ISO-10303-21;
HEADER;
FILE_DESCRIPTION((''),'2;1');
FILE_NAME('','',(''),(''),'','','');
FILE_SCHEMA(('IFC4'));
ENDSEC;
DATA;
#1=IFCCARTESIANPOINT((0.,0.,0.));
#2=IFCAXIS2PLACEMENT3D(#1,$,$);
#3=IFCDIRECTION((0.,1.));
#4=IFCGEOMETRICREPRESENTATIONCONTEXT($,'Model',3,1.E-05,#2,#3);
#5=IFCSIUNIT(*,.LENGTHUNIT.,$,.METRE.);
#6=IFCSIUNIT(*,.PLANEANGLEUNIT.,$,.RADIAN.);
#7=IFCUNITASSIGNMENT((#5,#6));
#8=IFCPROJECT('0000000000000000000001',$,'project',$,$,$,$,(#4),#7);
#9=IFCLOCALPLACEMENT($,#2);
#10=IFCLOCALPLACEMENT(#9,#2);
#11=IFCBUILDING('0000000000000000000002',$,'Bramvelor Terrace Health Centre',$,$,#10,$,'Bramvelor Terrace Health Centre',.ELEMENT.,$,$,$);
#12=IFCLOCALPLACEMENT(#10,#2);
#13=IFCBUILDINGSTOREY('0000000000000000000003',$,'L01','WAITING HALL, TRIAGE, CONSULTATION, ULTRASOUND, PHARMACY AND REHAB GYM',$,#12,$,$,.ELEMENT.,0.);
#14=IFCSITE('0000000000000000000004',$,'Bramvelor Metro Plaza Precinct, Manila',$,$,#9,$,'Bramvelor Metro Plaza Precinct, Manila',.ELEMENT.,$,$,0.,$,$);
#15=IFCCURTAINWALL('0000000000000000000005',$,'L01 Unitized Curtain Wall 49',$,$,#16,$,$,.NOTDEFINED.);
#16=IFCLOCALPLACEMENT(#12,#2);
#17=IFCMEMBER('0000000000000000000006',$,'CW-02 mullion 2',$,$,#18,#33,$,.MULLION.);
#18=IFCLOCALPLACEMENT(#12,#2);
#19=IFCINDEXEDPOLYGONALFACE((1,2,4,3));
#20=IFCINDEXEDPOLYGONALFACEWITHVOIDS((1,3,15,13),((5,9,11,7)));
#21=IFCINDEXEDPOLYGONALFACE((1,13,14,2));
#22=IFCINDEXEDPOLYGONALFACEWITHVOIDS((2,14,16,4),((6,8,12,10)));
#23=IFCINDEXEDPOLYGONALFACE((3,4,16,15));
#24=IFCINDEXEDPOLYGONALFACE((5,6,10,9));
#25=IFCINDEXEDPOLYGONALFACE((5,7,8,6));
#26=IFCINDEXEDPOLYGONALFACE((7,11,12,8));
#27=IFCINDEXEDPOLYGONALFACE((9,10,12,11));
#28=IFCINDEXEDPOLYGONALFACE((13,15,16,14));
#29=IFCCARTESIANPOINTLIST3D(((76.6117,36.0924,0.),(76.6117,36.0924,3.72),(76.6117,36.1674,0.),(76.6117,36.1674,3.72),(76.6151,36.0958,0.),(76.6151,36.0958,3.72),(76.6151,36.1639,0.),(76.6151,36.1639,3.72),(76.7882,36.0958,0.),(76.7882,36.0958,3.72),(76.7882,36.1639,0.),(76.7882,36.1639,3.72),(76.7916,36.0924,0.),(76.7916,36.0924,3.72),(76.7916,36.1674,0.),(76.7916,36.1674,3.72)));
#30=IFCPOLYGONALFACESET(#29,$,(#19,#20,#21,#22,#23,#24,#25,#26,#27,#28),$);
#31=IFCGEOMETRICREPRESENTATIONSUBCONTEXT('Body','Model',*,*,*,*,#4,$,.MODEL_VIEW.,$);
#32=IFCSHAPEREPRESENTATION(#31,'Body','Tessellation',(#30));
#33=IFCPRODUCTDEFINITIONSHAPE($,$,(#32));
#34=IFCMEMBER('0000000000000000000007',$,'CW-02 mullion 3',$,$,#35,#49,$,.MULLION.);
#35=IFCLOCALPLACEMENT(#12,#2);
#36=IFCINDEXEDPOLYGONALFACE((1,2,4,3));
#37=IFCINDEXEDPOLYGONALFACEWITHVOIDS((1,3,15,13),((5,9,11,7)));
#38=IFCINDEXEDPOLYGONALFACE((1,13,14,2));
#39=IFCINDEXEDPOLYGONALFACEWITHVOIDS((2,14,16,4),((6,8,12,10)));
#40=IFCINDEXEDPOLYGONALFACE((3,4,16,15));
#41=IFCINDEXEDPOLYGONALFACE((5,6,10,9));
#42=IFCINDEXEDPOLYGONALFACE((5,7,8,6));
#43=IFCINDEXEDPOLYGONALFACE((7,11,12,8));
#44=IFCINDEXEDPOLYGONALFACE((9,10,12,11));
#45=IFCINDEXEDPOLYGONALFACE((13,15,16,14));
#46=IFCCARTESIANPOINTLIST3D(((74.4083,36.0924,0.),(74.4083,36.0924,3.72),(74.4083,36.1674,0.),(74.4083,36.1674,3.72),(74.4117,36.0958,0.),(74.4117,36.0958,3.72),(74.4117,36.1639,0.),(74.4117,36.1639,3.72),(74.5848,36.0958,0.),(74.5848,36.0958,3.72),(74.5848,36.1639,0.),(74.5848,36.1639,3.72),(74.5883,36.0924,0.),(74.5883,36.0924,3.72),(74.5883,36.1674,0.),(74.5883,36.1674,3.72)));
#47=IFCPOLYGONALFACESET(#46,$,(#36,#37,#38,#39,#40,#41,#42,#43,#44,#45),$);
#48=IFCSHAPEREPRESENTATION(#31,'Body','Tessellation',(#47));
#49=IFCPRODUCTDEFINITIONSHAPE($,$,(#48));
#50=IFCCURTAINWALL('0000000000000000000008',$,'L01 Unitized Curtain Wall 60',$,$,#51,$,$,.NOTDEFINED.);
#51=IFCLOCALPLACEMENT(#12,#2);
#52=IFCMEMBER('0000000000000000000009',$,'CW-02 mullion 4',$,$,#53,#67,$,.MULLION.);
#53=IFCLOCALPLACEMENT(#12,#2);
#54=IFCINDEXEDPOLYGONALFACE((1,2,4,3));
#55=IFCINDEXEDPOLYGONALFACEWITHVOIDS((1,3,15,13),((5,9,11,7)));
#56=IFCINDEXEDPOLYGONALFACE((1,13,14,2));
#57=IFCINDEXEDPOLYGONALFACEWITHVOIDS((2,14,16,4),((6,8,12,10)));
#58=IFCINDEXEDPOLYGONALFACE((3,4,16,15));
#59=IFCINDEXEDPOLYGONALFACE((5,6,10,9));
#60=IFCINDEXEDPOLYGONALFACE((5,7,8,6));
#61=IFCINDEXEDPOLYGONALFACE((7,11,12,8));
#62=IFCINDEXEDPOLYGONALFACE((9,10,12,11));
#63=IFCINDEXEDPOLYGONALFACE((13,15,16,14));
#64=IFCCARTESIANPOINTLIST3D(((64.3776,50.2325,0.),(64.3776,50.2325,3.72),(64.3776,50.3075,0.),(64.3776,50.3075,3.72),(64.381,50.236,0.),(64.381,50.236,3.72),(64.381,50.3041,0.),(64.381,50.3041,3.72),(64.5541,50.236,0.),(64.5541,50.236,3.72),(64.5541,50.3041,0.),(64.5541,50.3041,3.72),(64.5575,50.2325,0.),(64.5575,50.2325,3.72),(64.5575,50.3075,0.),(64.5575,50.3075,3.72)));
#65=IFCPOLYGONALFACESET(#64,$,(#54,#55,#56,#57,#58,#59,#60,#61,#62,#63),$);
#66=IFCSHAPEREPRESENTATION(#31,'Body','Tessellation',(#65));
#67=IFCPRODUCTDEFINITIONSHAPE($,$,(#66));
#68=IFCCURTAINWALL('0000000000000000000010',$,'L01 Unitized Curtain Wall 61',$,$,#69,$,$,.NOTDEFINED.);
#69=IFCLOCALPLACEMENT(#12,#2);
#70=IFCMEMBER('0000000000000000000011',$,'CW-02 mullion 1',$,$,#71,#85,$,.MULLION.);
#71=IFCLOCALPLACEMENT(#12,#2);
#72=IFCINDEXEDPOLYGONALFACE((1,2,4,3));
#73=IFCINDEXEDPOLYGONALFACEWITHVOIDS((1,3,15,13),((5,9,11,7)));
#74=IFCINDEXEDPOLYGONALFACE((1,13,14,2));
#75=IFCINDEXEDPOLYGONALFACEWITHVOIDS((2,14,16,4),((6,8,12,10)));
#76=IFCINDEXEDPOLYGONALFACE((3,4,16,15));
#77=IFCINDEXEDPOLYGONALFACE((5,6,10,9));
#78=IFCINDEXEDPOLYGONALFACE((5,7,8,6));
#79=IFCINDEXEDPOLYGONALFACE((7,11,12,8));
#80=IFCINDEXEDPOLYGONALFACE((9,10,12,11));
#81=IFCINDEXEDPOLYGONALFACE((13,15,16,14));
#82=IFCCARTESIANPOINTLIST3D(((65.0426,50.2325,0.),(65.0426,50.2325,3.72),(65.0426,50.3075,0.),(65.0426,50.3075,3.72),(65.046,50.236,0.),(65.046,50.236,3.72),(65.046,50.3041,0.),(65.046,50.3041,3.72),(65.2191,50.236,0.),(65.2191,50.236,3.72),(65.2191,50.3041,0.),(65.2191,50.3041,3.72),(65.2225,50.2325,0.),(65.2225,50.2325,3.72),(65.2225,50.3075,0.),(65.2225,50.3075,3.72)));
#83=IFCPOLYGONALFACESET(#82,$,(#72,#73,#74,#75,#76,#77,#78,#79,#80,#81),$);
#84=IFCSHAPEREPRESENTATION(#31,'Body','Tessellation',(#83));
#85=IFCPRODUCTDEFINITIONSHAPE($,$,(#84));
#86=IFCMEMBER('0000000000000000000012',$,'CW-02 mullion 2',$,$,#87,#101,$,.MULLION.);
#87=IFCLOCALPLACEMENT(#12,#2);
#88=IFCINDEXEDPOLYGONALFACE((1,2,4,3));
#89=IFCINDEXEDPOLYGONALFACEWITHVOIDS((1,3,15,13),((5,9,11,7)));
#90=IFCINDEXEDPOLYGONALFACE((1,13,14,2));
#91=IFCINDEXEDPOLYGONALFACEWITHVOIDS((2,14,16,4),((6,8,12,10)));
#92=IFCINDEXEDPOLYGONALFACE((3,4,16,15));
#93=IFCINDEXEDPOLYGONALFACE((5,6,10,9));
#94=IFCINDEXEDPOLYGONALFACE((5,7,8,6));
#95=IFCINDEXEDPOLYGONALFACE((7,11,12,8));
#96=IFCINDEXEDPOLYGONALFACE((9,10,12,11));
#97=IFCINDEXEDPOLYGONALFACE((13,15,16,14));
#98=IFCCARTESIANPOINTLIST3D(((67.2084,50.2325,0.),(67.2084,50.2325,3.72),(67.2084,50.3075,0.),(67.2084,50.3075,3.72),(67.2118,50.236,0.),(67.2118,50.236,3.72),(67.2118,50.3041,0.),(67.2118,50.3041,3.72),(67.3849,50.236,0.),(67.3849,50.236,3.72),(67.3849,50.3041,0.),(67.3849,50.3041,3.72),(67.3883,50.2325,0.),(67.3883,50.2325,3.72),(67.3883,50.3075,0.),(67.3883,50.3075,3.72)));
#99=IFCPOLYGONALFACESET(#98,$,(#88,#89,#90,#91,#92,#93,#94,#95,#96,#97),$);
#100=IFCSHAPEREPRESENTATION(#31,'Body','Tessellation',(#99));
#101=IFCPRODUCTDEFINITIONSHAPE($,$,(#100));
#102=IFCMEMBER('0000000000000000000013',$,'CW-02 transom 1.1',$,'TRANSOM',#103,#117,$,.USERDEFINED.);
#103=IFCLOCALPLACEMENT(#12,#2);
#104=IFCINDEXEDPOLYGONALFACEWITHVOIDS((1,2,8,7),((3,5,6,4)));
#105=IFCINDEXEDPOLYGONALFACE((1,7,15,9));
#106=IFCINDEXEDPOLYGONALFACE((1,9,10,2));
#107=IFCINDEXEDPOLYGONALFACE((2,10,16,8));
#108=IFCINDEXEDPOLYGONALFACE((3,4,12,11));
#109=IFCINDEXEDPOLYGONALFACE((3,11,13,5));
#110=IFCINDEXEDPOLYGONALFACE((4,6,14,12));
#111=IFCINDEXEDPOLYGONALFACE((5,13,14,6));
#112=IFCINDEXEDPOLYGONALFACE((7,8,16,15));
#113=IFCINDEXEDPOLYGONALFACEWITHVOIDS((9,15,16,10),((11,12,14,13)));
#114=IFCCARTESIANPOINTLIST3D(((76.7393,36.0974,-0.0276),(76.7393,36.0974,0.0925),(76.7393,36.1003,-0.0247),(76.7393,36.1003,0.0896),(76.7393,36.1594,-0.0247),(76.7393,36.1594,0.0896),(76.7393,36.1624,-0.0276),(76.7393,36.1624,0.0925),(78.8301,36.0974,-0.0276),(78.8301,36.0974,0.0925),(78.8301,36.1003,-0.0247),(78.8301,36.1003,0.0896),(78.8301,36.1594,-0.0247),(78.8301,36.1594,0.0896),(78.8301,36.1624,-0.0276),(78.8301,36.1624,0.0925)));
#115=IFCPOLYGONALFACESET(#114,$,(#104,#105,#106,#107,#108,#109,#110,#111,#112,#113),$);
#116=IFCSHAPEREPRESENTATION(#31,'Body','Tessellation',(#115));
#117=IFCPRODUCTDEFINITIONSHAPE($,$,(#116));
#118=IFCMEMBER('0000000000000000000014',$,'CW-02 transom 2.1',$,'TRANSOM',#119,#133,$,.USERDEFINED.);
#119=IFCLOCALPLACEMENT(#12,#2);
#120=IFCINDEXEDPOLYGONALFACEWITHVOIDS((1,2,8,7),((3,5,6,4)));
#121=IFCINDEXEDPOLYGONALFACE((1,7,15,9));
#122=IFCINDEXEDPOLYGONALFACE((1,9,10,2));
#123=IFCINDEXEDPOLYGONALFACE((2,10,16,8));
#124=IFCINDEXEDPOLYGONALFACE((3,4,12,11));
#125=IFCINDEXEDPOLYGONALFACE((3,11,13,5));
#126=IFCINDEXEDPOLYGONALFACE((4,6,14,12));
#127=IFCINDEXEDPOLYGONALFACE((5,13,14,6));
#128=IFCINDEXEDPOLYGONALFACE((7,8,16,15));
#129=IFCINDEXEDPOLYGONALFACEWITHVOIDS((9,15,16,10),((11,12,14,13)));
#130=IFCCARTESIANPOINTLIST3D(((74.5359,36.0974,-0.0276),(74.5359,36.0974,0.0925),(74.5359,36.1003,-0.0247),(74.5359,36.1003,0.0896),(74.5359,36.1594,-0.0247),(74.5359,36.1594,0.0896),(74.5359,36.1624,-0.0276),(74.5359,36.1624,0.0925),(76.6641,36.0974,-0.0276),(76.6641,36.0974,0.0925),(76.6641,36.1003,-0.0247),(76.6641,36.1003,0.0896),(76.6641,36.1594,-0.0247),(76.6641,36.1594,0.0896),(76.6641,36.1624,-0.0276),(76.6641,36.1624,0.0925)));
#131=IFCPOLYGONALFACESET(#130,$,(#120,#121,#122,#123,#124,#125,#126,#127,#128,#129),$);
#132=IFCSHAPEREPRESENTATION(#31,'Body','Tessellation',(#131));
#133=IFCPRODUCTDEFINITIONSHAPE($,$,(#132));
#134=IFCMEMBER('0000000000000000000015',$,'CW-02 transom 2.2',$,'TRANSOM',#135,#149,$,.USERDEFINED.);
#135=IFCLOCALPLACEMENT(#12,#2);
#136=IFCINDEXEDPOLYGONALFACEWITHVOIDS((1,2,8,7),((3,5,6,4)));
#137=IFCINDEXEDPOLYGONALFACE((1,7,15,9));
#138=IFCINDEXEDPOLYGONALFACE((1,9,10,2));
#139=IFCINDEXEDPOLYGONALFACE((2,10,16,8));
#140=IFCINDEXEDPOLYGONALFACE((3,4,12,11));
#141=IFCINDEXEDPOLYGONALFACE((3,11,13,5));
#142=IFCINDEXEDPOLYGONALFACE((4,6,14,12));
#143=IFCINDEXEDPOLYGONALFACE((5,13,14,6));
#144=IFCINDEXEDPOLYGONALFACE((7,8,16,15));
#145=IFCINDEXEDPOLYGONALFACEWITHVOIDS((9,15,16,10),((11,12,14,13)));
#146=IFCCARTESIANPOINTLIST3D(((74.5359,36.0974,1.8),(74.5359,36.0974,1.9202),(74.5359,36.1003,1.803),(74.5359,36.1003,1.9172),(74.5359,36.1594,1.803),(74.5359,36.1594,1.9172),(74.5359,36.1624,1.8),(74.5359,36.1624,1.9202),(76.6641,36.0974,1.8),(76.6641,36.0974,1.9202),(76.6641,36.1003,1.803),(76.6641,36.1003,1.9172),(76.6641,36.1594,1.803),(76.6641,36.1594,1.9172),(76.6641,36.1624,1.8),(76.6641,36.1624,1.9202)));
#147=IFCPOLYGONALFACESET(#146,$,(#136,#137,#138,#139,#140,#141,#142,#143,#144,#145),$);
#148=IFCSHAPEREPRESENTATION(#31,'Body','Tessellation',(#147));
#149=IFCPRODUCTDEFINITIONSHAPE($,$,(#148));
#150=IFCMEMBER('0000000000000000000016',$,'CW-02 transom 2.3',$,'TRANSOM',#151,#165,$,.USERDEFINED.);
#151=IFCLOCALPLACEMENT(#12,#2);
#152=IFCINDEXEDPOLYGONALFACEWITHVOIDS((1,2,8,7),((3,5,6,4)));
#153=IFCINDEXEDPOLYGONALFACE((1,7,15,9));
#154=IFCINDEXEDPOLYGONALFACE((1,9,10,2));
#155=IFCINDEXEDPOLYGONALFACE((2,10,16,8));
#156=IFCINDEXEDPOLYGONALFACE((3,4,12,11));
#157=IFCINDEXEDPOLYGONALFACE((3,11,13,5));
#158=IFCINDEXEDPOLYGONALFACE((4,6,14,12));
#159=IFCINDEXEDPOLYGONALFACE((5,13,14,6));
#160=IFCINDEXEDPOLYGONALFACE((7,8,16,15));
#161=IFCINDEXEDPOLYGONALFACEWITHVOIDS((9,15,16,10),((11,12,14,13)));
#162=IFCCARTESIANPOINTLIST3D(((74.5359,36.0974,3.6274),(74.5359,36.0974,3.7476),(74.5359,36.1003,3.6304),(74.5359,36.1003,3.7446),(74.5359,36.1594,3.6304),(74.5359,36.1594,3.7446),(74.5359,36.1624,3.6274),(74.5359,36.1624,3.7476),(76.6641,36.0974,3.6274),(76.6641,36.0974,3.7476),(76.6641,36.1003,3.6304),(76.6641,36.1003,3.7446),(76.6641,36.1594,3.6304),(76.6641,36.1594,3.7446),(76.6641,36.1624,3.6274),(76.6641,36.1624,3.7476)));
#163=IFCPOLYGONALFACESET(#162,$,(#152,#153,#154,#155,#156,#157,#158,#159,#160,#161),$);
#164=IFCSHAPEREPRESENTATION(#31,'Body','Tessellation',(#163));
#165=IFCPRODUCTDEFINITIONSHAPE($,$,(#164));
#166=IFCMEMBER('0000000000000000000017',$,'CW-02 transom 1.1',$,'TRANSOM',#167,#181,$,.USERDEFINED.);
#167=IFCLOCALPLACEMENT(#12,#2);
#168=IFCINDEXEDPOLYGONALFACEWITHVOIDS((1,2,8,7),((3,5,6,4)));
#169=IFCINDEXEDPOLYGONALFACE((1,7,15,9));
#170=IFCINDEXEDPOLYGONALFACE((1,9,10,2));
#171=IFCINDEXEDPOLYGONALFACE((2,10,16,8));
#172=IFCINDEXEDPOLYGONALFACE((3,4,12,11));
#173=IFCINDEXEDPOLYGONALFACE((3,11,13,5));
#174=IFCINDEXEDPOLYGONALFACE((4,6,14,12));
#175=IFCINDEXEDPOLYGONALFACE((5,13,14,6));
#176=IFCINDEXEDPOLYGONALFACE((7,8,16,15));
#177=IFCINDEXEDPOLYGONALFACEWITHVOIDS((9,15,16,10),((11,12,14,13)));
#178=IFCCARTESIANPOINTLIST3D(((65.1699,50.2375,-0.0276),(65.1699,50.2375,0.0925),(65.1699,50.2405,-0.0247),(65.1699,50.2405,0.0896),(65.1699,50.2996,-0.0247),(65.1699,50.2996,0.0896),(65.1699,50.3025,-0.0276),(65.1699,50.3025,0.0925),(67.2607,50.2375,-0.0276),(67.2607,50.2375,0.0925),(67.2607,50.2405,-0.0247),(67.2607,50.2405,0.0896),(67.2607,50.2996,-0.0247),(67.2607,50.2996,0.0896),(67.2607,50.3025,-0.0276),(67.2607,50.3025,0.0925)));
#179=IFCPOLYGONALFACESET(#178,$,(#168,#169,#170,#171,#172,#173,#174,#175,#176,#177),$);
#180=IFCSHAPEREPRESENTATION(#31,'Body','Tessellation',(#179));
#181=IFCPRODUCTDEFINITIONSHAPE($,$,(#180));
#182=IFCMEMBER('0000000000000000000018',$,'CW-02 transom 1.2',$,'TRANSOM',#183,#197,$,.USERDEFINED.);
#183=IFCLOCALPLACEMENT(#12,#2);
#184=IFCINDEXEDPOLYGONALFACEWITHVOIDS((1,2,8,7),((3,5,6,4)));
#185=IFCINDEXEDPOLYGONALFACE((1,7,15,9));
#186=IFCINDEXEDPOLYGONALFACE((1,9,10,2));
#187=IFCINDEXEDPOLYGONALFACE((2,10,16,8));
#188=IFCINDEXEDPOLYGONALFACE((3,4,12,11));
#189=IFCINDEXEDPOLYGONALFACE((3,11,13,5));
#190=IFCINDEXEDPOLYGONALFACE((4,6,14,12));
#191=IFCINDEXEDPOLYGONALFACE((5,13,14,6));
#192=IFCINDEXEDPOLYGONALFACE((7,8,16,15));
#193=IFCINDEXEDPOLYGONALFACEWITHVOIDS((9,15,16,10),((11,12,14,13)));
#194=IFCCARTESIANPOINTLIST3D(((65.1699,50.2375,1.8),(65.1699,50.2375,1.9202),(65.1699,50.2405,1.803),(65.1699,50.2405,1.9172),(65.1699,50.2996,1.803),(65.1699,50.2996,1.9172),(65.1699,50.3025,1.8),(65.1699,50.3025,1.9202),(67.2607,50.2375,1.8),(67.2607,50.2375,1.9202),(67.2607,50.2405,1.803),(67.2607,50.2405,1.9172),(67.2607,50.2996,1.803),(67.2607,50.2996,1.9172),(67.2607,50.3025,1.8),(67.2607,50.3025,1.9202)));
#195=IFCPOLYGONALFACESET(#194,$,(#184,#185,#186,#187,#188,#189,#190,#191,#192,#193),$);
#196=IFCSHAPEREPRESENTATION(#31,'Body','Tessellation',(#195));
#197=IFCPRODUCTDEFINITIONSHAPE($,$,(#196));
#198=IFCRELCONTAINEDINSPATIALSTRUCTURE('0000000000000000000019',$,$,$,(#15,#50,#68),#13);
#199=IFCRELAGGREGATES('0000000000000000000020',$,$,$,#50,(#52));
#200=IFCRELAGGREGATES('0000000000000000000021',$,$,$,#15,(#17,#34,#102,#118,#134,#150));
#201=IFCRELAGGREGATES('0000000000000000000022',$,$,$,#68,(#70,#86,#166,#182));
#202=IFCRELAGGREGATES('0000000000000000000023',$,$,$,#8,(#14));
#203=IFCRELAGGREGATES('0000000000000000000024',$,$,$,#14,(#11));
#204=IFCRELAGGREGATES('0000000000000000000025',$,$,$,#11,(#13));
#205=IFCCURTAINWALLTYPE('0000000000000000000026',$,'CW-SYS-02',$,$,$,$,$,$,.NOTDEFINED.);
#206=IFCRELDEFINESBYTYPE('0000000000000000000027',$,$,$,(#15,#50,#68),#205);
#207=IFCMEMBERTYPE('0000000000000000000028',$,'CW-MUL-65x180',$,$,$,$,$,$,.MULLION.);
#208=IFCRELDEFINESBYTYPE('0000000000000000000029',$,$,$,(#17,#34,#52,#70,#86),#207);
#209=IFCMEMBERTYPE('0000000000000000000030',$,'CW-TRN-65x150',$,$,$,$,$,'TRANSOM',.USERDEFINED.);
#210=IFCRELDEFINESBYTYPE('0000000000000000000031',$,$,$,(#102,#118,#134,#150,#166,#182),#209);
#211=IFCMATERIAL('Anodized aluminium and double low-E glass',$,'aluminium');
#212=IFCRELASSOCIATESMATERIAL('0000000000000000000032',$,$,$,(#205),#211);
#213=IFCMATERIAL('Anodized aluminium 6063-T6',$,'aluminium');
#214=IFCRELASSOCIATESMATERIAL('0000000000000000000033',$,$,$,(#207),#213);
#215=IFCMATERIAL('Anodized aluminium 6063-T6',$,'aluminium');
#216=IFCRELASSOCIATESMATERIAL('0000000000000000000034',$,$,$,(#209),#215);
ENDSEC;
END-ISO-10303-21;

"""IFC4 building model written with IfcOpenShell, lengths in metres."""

from ifc_helpers import new_model, si_unit, direction, frame, origin, origin_2d, place, context, subcontext, project, spatial, hollow_rectangle, extrude, material, material_profile, profile_set, type_object, element, aggregate, save


model = new_model("IFC4")

# Units and contexts
model_context = context("Model", 3, precision=1e-05, world=origin(), true_north=direction((0.0, 1.0)))
body_context = subcontext(model_context, "Body", "Model", "MODEL_VIEW")
ifc_project = project(units=[si_unit("LENGTHUNIT", "METRE"), si_unit("PLANEANGLEUNIT", "RADIAN")], contexts=[model_context])

# Site, building, storey
site_placement = place(None, origin())
site = spatial("IfcSite", under=ifc_project, at=site_placement, Name="Bramvelor Metro Plaza Precinct, Manila", LongName="Bramvelor Metro Plaza Precinct, Manila", CompositionType="ELEMENT", RefElevation=0.0)
building_placement = place(site_placement, origin())
building = spatial("IfcBuilding", under=site, at=building_placement, Name="Bramvelor Terrace Health Centre", LongName="Bramvelor Terrace Health Centre", CompositionType="ELEMENT")
storey_placement = place(building_placement, origin())
storey = spatial("IfcBuildingStorey", under=building, at=storey_placement, Name="L01", Description="WAITING HALL, TRIAGE, CONSULTATION, ULTRASOUND, PHARMACY AND REHAB GYM", CompositionType="ELEMENT", Elevation=0.0)

# Curtain wall, members
ifc_material_1 = material(Name="Anodized aluminium and double low-E glass", Category="aluminium")
curtain_wall_type = type_object("IfcCurtainWallType", Name="CW-SYS-02", PredefinedType="NOTDEFINED", material=ifc_material_1)
curtain_wall_1_placement = place(storey_placement, origin())
curtain_wall_1 = element("IfcCurtainWall", 1, at=curtain_wall_1_placement, inside=storey, type_object=curtain_wall_type, Name="L01 Unitized Curtain Wall 49", PredefinedType="NOTDEFINED")
ifc_material_2 = material(Name="Anodized aluminium 6063-T6", Category="aluminium")
ifc_material_profile_1 = material_profile(ifc_material_2, hollow_rectangle(XDim=0.075, YDim=0.1799, WallThickness=0.0034, at=origin_2d()), Name="ALU-MUL 75x180x3.5")
ifc_profile_set_1 = profile_set([ifc_material_profile_1], Name="Anodized aluminium 6063-T6")
member_type_1 = type_object("IfcMemberType", Name="CW-MUL-65x180", PredefinedType="MULLION", material=ifc_profile_set_1)
member_1_placement = place(storey_placement, frame((76.7017, 36.1299, 0.0), z_axis=(0.0, 0.0, 1.0), x_axis=(0.0, -1.0, 0.0)))
member_1 = element("IfcMember", 2, at=member_1_placement, type_object=member_type_1, Name="CW-02 mullion 2", PredefinedType="MULLION", context=body_context, shape_type="SweptSolid", body=[
    extrude(hollow_rectangle(XDim=0.075, YDim=0.1799, WallThickness=0.0034, at=origin_2d()), origin(), (0.0, 0.0, 1.0), 3.72),
])
member_2_placement = place(storey_placement, frame((74.4983, 36.1299, 0.0), z_axis=(0.0, 0.0, 1.0), x_axis=(0.0, -1.0, 0.0)))
member_2 = element("IfcMember", 3, at=member_2_placement, type_object=member_type_1, Name="CW-02 mullion 3", PredefinedType="MULLION", context=body_context, shape_type="SweptSolid", body=[
    extrude(hollow_rectangle(XDim=0.075, YDim=0.1799, WallThickness=0.0034, at=origin_2d()), origin(), (0.0, 0.0, 1.0), 3.72),
])

# Curtain wall, member
curtain_wall_2_placement = place(storey_placement, origin())
curtain_wall_2 = element("IfcCurtainWall", 4, at=curtain_wall_2_placement, inside=storey, type_object=curtain_wall_type, Name="L01 Unitized Curtain Wall 60", PredefinedType="NOTDEFINED")
member_3_placement = place(storey_placement, frame((64.4675, 50.27, 0.0), z_axis=(0.0, 0.0, 1.0), x_axis=(0.0, 1.0, 0.0)))
member_3 = element("IfcMember", 5, at=member_3_placement, type_object=member_type_1, Name="CW-02 mullion 4", PredefinedType="MULLION", context=body_context, shape_type="SweptSolid", body=[
    extrude(hollow_rectangle(XDim=0.075, YDim=0.1799, WallThickness=0.0034, at=origin_2d()), origin(), (0.0, 0.0, 1.0), 3.72),
])
aggregate(curtain_wall_2, [member_3])

# Curtain wall, members
curtain_wall_3_placement = place(storey_placement, origin())
curtain_wall_3 = element("IfcCurtainWall", 6, at=curtain_wall_3_placement, inside=storey, type_object=curtain_wall_type, Name="L01 Unitized Curtain Wall 61", PredefinedType="NOTDEFINED")
member_4_placement = place(storey_placement, frame((65.1326, 50.27, 0.0), z_axis=(0.0, 0.0, 1.0), x_axis=(0.0, 1.0, 0.0)))
member_4 = element("IfcMember", 7, at=member_4_placement, type_object=member_type_1, Name="CW-02 mullion 1", PredefinedType="MULLION", context=body_context, shape_type="SweptSolid", body=[
    extrude(hollow_rectangle(XDim=0.075, YDim=0.1799, WallThickness=0.0034, at=origin_2d()), origin(), (0.0, 0.0, 1.0), 3.72),
])
member_5_placement = place(storey_placement, frame((67.2983, 50.27, 0.0), z_axis=(0.0, 0.0, 1.0), x_axis=(0.0, 1.0, 0.0)))
member_5 = element("IfcMember", 8, at=member_5_placement, type_object=member_type_1, Name="CW-02 mullion 2", PredefinedType="MULLION", context=body_context, shape_type="SweptSolid", body=[
    extrude(hollow_rectangle(XDim=0.075, YDim=0.1799, WallThickness=0.0034, at=origin_2d()), origin(), (0.0, 0.0, 1.0), 3.72),
])

# Members
ifc_material_3 = material(Name="Anodized aluminium 6063-T6", Category="aluminium")
ifc_material_profile_2 = material_profile(ifc_material_3, hollow_rectangle(XDim=0.0649, YDim=0.1201, WallThickness=0.0029, at=origin_2d()), Name="ALU-TRN 65x120x3.0")
ifc_profile_set_2 = profile_set([ifc_material_profile_2], Name="Anodized aluminium 6063-T6")
member_type_2 = type_object("IfcMemberType", Name="CW-TRN-65x150", ElementType="TRANSOM", PredefinedType="USERDEFINED", material=ifc_profile_set_2)
member_6_placement = place(storey_placement, frame((78.8301, 36.1299, 0.0325), z_axis=(-1.0, 0.0, 0.0), x_axis=(0.0, -1.0, 0.0)))
member_6 = element("IfcMember", 9, at=member_6_placement, type_object=member_type_2, Name="CW-02 transom 1.1", ObjectType="TRANSOM", PredefinedType="USERDEFINED", context=body_context, shape_type="SweptSolid", body=[
    extrude(hollow_rectangle(XDim=0.0649, YDim=0.1201, WallThickness=0.0029, at=origin_2d()), origin(), (0.0, 0.0, 1.0), 2.0908),
])
member_7_placement = place(storey_placement, frame((76.6641, 36.1299, 0.0325), z_axis=(-1.0, 0.0, 0.0), x_axis=(0.0, -1.0, 0.0)))
member_7 = element("IfcMember", 10, at=member_7_placement, type_object=member_type_2, Name="CW-02 transom 2.1", ObjectType="TRANSOM", PredefinedType="USERDEFINED", context=body_context, shape_type="SweptSolid", body=[
    extrude(hollow_rectangle(XDim=0.0649, YDim=0.1201, WallThickness=0.0029, at=origin_2d()), origin(), (0.0, 0.0, 1.0), 2.1282),
])
member_8_placement = place(storey_placement, frame((76.6641, 36.1299, 1.8601), z_axis=(-1.0, 0.0, 0.0), x_axis=(0.0, -1.0, 0.0)))
member_8 = element("IfcMember", 11, at=member_8_placement, type_object=member_type_2, Name="CW-02 transom 2.2", ObjectType="TRANSOM", PredefinedType="USERDEFINED", context=body_context, shape_type="SweptSolid", body=[
    extrude(hollow_rectangle(XDim=0.0649, YDim=0.1201, WallThickness=0.0029, at=origin_2d()), origin(), (0.0, 0.0, 1.0), 2.1282),
])
member_9_placement = place(storey_placement, frame((76.6641, 36.1299, 3.6875), z_axis=(-1.0, 0.0, 0.0), x_axis=(0.0, -1.0, 0.0)))
member_9 = element("IfcMember", 12, at=member_9_placement, type_object=member_type_2, Name="CW-02 transom 2.3", ObjectType="TRANSOM", PredefinedType="USERDEFINED", context=body_context, shape_type="SweptSolid", body=[
    extrude(hollow_rectangle(XDim=0.0649, YDim=0.1201, WallThickness=0.0029, at=origin_2d()), origin(), (0.0, 0.0, 1.0), 2.1282),
])
member_10_placement = place(storey_placement, frame((65.1699, 50.27, 0.0325), z_axis=(1.0, 0.0, 0.0), x_axis=(0.0, 1.0, 0.0)))
member_10 = element("IfcMember", 13, at=member_10_placement, type_object=member_type_2, Name="CW-02 transom 1.1", ObjectType="TRANSOM", PredefinedType="USERDEFINED", context=body_context, shape_type="SweptSolid", body=[
    extrude(hollow_rectangle(XDim=0.0649, YDim=0.1201, WallThickness=0.0029, at=origin_2d()), origin(), (0.0, 0.0, 1.0), 2.0908),
])
member_11_placement = place(storey_placement, frame((65.1699, 50.27, 1.8601), z_axis=(1.0, 0.0, 0.0), x_axis=(0.0, 1.0, 0.0)))
member_11 = element("IfcMember", 14, at=member_11_placement, type_object=member_type_2, Name="CW-02 transom 1.2", ObjectType="TRANSOM", PredefinedType="USERDEFINED", context=body_context, shape_type="SweptSolid", body=[
    extrude(hollow_rectangle(XDim=0.0649, YDim=0.1201, WallThickness=0.0029, at=origin_2d()), origin(), (0.0, 0.0, 1.0), 2.0908),
])

aggregate(curtain_wall_1, [member_1, member_2, member_6, member_7, member_8, member_9])
aggregate(curtain_wall_3, [member_4, member_5, member_10, member_11])

save(model, "model.ifc")
